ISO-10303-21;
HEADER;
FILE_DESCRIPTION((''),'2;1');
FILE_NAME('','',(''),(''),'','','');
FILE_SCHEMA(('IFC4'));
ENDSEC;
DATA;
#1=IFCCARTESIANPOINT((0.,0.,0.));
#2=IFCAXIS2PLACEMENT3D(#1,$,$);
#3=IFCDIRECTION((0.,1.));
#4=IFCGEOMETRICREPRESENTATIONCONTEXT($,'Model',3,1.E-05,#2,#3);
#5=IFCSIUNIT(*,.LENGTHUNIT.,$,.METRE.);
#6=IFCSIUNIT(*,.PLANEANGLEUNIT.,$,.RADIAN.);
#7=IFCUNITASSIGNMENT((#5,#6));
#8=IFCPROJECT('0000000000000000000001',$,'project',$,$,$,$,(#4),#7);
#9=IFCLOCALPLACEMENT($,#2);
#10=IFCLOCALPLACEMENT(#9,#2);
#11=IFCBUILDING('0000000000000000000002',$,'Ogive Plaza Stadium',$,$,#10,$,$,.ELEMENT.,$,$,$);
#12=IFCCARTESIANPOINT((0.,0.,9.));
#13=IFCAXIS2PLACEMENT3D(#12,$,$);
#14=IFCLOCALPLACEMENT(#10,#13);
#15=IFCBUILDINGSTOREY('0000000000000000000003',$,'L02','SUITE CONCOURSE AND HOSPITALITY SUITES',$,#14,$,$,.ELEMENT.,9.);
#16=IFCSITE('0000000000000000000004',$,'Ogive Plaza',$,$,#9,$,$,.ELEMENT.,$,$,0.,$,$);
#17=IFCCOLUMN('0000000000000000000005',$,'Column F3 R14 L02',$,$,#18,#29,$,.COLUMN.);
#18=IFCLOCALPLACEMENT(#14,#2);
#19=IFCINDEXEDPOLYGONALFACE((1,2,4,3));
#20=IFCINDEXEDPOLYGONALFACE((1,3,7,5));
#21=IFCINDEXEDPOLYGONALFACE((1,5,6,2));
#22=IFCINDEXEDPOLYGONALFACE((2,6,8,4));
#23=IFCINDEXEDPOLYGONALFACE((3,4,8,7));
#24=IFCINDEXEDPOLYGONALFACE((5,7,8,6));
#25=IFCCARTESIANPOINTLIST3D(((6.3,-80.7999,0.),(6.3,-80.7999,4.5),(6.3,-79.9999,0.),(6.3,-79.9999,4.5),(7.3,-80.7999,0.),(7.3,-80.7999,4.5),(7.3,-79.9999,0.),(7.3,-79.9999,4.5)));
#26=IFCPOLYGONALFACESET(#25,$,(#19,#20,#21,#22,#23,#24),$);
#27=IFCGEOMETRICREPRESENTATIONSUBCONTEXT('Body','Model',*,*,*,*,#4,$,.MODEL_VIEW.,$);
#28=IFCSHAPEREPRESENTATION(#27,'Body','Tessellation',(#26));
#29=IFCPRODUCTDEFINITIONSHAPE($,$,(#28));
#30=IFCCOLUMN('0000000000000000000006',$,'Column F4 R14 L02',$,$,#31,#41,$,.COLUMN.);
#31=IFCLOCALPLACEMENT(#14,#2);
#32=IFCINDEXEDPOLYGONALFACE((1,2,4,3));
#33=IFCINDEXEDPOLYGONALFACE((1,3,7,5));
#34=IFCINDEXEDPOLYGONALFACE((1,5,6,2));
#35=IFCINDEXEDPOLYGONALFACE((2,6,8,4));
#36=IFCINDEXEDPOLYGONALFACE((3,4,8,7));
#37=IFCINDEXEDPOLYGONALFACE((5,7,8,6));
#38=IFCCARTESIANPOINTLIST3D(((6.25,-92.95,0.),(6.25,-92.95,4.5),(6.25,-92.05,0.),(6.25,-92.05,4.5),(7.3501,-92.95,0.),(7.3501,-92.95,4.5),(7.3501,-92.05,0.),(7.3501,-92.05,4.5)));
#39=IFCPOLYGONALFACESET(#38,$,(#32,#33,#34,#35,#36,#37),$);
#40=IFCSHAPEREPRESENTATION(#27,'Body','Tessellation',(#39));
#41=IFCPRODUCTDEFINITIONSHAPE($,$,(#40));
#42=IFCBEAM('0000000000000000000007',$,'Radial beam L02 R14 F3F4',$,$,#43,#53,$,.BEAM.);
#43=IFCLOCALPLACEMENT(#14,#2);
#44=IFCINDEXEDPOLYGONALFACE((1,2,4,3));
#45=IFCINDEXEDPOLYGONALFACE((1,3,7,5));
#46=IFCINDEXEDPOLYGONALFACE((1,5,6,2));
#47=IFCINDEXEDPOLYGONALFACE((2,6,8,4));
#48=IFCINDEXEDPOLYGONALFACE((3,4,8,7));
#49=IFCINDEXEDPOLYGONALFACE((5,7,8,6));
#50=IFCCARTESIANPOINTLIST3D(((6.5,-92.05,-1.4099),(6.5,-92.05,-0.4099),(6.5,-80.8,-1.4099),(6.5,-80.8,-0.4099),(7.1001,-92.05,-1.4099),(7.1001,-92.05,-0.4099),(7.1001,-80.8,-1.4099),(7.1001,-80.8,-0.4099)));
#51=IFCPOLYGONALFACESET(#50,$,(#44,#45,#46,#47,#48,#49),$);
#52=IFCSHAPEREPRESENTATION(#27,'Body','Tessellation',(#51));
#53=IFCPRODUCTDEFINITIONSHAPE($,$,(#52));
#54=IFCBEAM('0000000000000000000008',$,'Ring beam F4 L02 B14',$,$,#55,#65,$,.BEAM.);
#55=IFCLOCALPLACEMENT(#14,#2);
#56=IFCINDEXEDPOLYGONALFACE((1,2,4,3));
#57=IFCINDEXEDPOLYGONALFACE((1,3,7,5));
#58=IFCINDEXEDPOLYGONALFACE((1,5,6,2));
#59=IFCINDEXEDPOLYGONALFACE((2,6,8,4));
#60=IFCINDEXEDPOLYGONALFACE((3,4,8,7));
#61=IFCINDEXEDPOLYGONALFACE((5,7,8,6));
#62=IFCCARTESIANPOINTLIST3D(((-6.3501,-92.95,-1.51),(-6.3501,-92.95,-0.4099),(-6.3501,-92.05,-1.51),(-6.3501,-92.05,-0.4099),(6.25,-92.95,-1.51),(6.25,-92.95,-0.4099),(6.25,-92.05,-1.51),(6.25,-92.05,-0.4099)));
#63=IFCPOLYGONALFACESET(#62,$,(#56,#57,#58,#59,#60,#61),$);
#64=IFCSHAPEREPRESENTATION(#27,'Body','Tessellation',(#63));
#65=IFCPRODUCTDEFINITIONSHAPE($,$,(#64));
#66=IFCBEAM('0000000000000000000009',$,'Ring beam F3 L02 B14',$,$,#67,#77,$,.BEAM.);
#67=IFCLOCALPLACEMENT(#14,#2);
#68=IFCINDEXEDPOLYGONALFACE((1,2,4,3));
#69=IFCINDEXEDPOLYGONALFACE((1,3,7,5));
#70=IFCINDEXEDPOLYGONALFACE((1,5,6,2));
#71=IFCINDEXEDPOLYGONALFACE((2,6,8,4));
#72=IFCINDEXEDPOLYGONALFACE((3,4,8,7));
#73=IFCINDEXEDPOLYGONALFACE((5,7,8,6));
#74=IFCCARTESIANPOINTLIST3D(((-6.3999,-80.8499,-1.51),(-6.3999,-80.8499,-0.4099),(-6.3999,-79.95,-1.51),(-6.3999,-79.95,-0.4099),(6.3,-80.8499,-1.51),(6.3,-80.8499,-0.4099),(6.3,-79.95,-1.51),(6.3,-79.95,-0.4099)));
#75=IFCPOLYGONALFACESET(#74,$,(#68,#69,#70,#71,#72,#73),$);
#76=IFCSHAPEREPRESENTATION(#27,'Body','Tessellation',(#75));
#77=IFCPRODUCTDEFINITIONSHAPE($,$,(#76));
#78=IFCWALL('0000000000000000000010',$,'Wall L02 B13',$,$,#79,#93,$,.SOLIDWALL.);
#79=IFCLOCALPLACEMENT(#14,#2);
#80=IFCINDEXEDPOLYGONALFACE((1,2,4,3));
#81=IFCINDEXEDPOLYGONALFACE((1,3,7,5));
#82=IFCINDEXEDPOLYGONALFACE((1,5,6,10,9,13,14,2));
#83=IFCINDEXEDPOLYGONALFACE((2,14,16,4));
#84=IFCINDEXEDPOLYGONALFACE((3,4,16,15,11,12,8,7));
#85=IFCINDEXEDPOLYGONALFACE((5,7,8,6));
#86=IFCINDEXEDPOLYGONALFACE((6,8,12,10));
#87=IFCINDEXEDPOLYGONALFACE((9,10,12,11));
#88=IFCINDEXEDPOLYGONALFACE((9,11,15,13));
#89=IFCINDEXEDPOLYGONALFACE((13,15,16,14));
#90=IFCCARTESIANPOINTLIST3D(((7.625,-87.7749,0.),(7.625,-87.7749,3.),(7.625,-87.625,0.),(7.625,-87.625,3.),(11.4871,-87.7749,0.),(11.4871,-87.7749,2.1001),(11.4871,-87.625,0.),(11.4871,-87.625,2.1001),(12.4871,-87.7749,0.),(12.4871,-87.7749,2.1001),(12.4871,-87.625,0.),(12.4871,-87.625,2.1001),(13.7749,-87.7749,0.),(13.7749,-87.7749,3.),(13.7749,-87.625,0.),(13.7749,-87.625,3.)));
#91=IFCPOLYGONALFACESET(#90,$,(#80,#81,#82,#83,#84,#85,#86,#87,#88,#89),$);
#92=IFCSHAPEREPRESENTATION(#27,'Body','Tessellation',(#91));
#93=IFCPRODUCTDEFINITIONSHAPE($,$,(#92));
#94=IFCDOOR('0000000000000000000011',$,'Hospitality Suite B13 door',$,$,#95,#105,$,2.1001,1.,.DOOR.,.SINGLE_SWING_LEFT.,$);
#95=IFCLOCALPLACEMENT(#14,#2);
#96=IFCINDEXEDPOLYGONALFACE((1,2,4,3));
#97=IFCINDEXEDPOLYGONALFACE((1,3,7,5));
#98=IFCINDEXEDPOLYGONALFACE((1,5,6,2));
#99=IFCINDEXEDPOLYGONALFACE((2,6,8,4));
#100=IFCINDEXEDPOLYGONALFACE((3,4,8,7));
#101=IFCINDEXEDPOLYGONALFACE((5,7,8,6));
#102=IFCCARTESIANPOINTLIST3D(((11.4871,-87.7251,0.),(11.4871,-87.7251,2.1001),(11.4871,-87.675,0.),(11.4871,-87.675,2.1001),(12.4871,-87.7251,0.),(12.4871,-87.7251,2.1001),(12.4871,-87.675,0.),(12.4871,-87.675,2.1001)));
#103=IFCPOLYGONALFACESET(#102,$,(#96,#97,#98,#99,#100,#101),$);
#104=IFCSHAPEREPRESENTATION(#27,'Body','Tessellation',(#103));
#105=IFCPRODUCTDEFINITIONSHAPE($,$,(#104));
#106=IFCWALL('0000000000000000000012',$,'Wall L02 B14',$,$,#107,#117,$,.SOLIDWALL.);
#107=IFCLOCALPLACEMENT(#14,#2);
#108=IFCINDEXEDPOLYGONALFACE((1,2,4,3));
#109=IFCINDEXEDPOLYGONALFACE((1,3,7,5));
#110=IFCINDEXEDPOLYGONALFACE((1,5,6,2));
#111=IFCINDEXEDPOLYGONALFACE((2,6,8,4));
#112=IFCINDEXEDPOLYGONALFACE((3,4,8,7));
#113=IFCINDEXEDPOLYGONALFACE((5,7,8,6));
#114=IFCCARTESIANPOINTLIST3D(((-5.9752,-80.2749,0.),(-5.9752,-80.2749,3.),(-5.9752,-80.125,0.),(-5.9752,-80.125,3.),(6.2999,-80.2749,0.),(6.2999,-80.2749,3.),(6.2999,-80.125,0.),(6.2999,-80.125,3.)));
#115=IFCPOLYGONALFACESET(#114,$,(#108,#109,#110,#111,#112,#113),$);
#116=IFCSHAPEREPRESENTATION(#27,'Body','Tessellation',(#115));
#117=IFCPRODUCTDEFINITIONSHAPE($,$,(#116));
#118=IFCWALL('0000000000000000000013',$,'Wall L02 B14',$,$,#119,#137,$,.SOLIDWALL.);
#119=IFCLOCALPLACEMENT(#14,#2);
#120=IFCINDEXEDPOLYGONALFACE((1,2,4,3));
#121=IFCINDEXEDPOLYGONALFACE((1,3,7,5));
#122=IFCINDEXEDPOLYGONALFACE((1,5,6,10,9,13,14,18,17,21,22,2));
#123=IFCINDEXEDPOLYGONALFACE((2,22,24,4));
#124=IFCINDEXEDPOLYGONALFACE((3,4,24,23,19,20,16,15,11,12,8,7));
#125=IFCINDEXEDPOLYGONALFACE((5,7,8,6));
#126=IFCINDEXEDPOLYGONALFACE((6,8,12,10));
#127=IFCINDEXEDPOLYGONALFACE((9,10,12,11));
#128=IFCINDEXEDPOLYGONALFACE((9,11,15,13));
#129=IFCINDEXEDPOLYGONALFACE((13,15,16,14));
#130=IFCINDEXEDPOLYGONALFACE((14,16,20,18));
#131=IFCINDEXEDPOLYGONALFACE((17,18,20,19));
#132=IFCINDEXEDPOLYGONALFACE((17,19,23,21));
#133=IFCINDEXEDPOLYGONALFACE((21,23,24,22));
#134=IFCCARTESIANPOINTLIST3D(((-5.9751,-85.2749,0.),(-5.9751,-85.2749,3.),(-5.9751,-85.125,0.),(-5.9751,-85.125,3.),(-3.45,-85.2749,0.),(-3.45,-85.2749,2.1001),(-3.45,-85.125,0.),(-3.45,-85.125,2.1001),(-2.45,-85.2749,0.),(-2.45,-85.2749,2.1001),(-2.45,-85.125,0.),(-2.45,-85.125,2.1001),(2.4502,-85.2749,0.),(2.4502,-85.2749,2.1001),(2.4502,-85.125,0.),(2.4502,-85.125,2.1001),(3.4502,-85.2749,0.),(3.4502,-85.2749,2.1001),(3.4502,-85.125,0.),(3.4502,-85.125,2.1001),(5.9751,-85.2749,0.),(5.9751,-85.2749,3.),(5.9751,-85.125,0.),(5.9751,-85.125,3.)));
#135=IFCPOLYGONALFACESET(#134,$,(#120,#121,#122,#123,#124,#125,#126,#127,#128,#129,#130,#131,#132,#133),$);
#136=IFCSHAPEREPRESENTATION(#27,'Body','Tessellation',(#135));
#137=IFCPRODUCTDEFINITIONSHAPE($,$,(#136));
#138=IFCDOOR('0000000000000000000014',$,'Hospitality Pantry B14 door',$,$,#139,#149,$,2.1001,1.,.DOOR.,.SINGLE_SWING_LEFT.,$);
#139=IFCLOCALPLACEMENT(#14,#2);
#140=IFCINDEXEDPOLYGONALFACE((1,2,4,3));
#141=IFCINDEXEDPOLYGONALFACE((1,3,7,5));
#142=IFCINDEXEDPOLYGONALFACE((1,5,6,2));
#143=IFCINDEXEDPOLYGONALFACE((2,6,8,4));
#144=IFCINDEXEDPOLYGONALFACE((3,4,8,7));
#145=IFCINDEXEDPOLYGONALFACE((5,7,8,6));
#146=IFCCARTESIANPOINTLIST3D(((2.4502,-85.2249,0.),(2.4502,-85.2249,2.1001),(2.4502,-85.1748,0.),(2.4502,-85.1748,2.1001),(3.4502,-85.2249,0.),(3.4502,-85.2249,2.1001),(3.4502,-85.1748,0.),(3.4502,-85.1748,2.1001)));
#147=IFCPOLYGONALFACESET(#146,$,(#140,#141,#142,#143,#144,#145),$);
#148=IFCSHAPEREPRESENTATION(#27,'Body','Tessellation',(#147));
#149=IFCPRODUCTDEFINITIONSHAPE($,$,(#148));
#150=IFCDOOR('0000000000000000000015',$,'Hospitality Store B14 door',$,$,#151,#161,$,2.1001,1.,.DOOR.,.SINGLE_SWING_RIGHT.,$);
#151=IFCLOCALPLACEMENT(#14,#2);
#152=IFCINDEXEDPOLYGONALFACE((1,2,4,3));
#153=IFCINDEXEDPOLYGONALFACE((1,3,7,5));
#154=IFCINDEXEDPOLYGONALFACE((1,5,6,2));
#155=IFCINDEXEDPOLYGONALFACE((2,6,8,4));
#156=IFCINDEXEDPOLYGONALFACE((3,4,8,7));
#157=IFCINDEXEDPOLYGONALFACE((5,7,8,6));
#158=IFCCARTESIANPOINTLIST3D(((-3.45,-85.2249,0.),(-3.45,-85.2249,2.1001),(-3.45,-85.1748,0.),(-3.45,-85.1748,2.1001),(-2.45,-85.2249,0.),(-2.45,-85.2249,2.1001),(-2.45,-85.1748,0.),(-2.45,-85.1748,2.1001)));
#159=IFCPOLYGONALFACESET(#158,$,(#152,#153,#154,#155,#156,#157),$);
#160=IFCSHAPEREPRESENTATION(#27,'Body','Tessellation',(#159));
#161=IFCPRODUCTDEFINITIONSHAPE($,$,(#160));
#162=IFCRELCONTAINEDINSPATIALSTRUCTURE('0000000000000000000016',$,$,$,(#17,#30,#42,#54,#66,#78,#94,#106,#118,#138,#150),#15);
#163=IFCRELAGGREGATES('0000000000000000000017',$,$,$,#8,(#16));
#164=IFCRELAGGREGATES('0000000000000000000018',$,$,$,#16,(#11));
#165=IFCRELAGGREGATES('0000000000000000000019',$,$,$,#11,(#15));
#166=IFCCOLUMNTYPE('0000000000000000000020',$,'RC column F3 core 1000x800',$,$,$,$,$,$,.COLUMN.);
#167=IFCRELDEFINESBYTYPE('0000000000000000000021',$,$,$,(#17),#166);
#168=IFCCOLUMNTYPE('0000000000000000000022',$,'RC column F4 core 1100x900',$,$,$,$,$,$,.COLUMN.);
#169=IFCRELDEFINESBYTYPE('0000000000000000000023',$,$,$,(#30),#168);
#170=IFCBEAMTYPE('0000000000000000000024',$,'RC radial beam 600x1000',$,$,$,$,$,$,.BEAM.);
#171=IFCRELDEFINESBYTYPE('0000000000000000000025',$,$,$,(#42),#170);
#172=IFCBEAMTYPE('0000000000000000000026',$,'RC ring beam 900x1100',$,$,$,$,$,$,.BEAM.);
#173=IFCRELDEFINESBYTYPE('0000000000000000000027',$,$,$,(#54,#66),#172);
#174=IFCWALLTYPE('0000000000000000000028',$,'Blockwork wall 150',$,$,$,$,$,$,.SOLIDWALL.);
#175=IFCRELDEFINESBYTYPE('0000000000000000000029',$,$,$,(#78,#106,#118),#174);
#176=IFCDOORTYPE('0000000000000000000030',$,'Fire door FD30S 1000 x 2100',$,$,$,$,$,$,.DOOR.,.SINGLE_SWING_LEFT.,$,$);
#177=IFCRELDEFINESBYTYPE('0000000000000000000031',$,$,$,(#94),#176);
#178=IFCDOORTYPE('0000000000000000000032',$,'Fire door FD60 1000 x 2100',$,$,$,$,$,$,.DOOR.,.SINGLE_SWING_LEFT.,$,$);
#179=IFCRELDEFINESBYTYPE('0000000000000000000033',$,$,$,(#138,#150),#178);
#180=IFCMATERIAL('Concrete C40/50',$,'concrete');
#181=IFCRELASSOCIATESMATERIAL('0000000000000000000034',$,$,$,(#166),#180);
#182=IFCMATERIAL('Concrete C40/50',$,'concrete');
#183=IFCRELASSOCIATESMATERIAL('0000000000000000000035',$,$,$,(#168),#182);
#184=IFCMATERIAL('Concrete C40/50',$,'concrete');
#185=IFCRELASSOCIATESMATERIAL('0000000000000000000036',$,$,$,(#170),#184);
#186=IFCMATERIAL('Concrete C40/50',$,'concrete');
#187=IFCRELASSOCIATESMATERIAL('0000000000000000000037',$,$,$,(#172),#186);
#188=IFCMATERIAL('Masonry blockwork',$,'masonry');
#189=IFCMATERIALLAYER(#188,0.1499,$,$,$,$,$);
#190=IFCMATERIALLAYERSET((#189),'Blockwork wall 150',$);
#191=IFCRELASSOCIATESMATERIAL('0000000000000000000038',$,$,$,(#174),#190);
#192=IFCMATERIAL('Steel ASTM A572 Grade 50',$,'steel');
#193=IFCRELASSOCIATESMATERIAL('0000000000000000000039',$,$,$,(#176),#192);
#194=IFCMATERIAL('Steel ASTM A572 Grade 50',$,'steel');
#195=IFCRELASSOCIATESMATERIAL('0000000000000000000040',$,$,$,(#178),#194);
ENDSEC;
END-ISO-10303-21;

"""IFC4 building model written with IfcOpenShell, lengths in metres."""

from ifc_helpers import new_model, si_unit, direction, frame, frame_2d, origin, origin_2d, place, context, subcontext, project, spatial, rectangle, extrude, material, layer, layer_set, material_profile, profile_set, type_object, element, fill, save


model = new_model("IFC4")

# Units and contexts
model_context = context("Model", 3, precision=1e-05, world=origin(), true_north=direction((0.0, 1.0)))
body_context = subcontext(model_context, "Body", "Model", "MODEL_VIEW")
ifc_project = project(units=[si_unit("LENGTHUNIT", "METRE"), si_unit("PLANEANGLEUNIT", "RADIAN")], contexts=[model_context])

# Site, building, storey
site_placement = place(None, origin())
site = spatial("IfcSite", under=ifc_project, at=site_placement, Name="Ogive Plaza", CompositionType="ELEMENT", RefElevation=0.0)
building_placement = place(site_placement, origin())
building = spatial("IfcBuilding", under=site, at=building_placement, Name="Ogive Plaza Stadium", CompositionType="ELEMENT")
storey_placement = place(building_placement, frame((0.0, 0.0, 9.0)))
storey = spatial("IfcBuildingStorey", under=building, at=storey_placement, Name="L02", Description="SUITE CONCOURSE AND HOSPITALITY SUITES", CompositionType="ELEMENT", Elevation=9.0)

# Columns
ifc_material_1 = material(Name="Concrete C40/50", Category="concrete")
ifc_material_profile_1 = material_profile(ifc_material_1, rectangle(XDim=1.0, YDim=0.8, at=origin_2d()), Name="RC 1000x800")
ifc_profile_set_1 = profile_set([ifc_material_profile_1], Name="Concrete C40/50")
column_type_1 = type_object("IfcColumnType", Name="RC column F3 core 1000x800", PredefinedType="COLUMN", material=ifc_profile_set_1)
column_1_placement = place(storey_placement, frame((6.8, -80.3999, 0.0), z_axis=(0.0, 0.0, 1.0), x_axis=(1.0, 0.0, 0.0)))
element("IfcColumn", 1, at=column_1_placement, inside=storey, type_object=column_type_1, Name="Column F3 R14 L02", PredefinedType="COLUMN", context=body_context, shape_type="SweptSolid", body=[
    extrude(rectangle(XDim=1.0, YDim=0.8, at=origin_2d()), origin(), (0.0, 0.0, 1.0), 4.5),
])
ifc_material_2 = material(Name="Concrete C40/50", Category="concrete")
ifc_material_profile_2 = material_profile(ifc_material_2, rectangle(XDim=1.1001, YDim=0.8999, at=origin_2d()), Name="RC 1100x900")
ifc_profile_set_2 = profile_set([ifc_material_profile_2], Name="Concrete C40/50")
column_type_2 = type_object("IfcColumnType", Name="RC column F4 core 1100x900", PredefinedType="COLUMN", material=ifc_profile_set_2)
column_2_placement = place(storey_placement, frame((6.8, -92.5, 0.0), z_axis=(0.0, 0.0, 1.0), x_axis=(1.0, 0.0, 0.0)))
element("IfcColumn", 2, at=column_2_placement, inside=storey, type_object=column_type_2, Name="Column F4 R14 L02", PredefinedType="COLUMN", context=body_context, shape_type="SweptSolid", body=[
    extrude(rectangle(XDim=1.1001, YDim=0.8999, at=origin_2d()), origin(), (0.0, 0.0, 1.0), 4.5),
])

# Beams
ifc_material_3 = material(Name="Concrete C40/50", Category="concrete")
ifc_material_profile_3 = material_profile(ifc_material_3, rectangle(XDim=0.6001, YDim=1.0, at=origin_2d()), Name="RC 600x1000")
ifc_profile_set_3 = profile_set([ifc_material_profile_3], Name="Concrete C40/50")
beam_type_1 = type_object("IfcBeamType", Name="RC radial beam 600x1000", PredefinedType="BEAM", material=ifc_profile_set_3)
beam_1_placement = place(storey_placement, frame((6.8, -80.8, -0.9099), z_axis=(0.0, -1.0, 0.0), x_axis=(1.0, 0.0, 0.0)))
element("IfcBeam", 3, at=beam_1_placement, inside=storey, type_object=beam_type_1, Name="Radial beam L02 R14 F3F4", PredefinedType="BEAM", context=body_context, shape_type="SweptSolid", body=[
    extrude(rectangle(XDim=0.6001, YDim=1.0, at=origin_2d()), origin(), (0.0, 0.0, 1.0), 11.25),
])
ifc_material_4 = material(Name="Concrete C40/50", Category="concrete")
ifc_material_profile_4 = material_profile(ifc_material_4, rectangle(XDim=0.8999, YDim=1.1001, at=origin_2d()), Name="RC 900x1100")
ifc_profile_set_4 = profile_set([ifc_material_profile_4], Name="Concrete C40/50")
beam_type_2 = type_object("IfcBeamType", Name="RC ring beam 900x1100", PredefinedType="BEAM", material=ifc_profile_set_4)
beam_2_placement = place(storey_placement, frame((6.25, -92.5, -0.96), z_axis=(-1.0, 0.0, 0.0), x_axis=(0.0, -1.0, 0.0)))
element("IfcBeam", 4, at=beam_2_placement, inside=storey, type_object=beam_type_2, Name="Ring beam F4 L02 B14", PredefinedType="BEAM", context=body_context, shape_type="SweptSolid", body=[
    extrude(rectangle(XDim=0.8999, YDim=1.1001, at=origin_2d()), origin(), (0.0, 0.0, 1.0), 12.6001),
])
beam_3_placement = place(storey_placement, frame((6.3, -80.3999, -0.96), z_axis=(-1.0, 0.0, 0.0), x_axis=(0.0, -1.0, 0.0)))
element("IfcBeam", 5, at=beam_3_placement, inside=storey, type_object=beam_type_2, Name="Ring beam F3 L02 B14", PredefinedType="BEAM", context=body_context, shape_type="SweptSolid", body=[
    extrude(rectangle(XDim=0.8999, YDim=1.1001, at=origin_2d()), origin(), (0.0, 0.0, 1.0), 12.7),
])

# Wall, opening, door
ifc_material_5 = material(Name="Masonry blockwork", Category="masonry")
ifc_layer_1 = layer(ifc_material_5, 0.1499)
ifc_layer_set_1 = layer_set([ifc_layer_1], Name="Blockwork wall 150")
wall_type_1 = type_object("IfcWallType", Name="Blockwork wall 150", PredefinedType="SOLIDWALL", material=ifc_layer_set_1)
wall_1_placement = place(storey_placement, frame((7.625, -87.7, 0.0), z_axis=(0.0, 0.0, 1.0), x_axis=(1.0, 0.0, 0.0)))
wall_1 = element("IfcWall", 6, at=wall_1_placement, inside=storey, type_object=wall_type_1, Name="Wall L02 B13", PredefinedType="SOLIDWALL", context=body_context, shape_type="SweptSolid", body=[
    extrude(rectangle(XDim=6.1499, YDim=0.1499, at=frame_2d((3.075, 0.0))), origin(), (0.0, 0.0, 1.0), 3.0),
])
opening_1_placement = place(wall_1_placement, frame((3.8621, 0.0, 0.0)))
opening_1 = element("IfcOpeningElement", 7, at=opening_1_placement, cuts=wall_1, PredefinedType="OPENING", context=body_context, shape_type="SweptSolid", body=[
    extrude(rectangle(XDim=1.0, YDim=2.1001, at=frame_2d((0.5, 1.05))), frame((0.0, 0.075, 0.0), z_axis=(0.0, -1.0, 0.0), x_axis=(1.0, 0.0, 0.0)), (0.0, 0.0, 1.0), 0.1499),
])
ifc_material_6 = material(Name="Steel ASTM A572 Grade 50", Category="steel")
door_type_1 = type_object("IfcDoorType", Name="Fire door FD30S 1000 x 2100", OperationType="SINGLE_SWING_LEFT", PredefinedType="DOOR", material=ifc_material_6)
door_1_placement = place(opening_1_placement, origin())
door_1 = element("IfcDoor", 8, at=door_1_placement, inside=storey, type_object=door_type_1, Name="Hospitality Suite B13 door", OperationType="SINGLE_SWING_LEFT", OverallHeight=2.1001, OverallWidth=1.0, PredefinedType="DOOR", context=body_context, shape_type="SweptSolid", body=[
    extrude(rectangle(XDim=1.0, YDim=2.1001, at=frame_2d((0.5, 1.05))), frame((0.0, 0.0249, 0.0), z_axis=(0.0, -1.0, 0.0), x_axis=(1.0, 0.0, 0.0)), (0.0, 0.0, 1.0), 0.05),
])
fill(opening_1, door_1)

# Wall
wall_2_placement = place(storey_placement, frame((6.3, -80.2, 0.0), z_axis=(0.0, 0.0, 1.0), x_axis=(-1.0, 0.0, 0.0)))
element("IfcWall", 9, at=wall_2_placement, inside=storey, type_object=wall_type_1, Name="Wall L02 B14", PredefinedType="SOLIDWALL", context=body_context, shape_type="SweptSolid", body=[
    extrude(rectangle(XDim=12.2751, YDim=0.1499, at=frame_2d((6.1377, 0.0))), origin(), (0.0, 0.0, 1.0), 3.0),
])

# Wall, openings, doors
wall_3_placement = place(storey_placement, frame((5.9751, -85.2, 0.0), z_axis=(0.0, 0.0, 1.0), x_axis=(-1.0, 0.0, 0.0)))
wall_3 = element("IfcWall", 10, at=wall_3_placement, inside=storey, type_object=wall_type_1, Name="Wall L02 B14", PredefinedType="SOLIDWALL", context=body_context, shape_type="SweptSolid", body=[
    extrude(rectangle(XDim=11.9502, YDim=0.1499, at=frame_2d((5.9751, 0.0))), origin(), (0.0, 0.0, 1.0), 3.0),
])
opening_2_placement = place(wall_3_placement, frame((2.5249, 0.0, 0.0)))
opening_2 = element("IfcOpeningElement", 11, at=opening_2_placement, cuts=wall_3, PredefinedType="OPENING", context=body_context, shape_type="SweptSolid", body=[
    extrude(rectangle(XDim=1.0, YDim=2.1001, at=frame_2d((0.5, 1.05))), frame((0.0, 0.075, 0.0), z_axis=(0.0, -1.0, 0.0), x_axis=(1.0, 0.0, 0.0)), (0.0, 0.0, 1.0), 0.1499),
])
opening_3_placement = place(wall_3_placement, frame((8.425, 0.0, 0.0)))
opening_3 = element("IfcOpeningElement", 12, at=opening_3_placement, cuts=wall_3, PredefinedType="OPENING", context=body_context, shape_type="SweptSolid", body=[
    extrude(rectangle(XDim=1.0, YDim=2.1001, at=frame_2d((0.5, 1.05))), frame((0.0, 0.075, 0.0), z_axis=(0.0, -1.0, 0.0), x_axis=(1.0, 0.0, 0.0)), (0.0, 0.0, 1.0), 0.1499),
])
ifc_material_7 = material(Name="Steel ASTM A572 Grade 50", Category="steel")
door_type_2 = type_object("IfcDoorType", Name="Fire door FD60 1000 x 2100", OperationType="SINGLE_SWING_LEFT", PredefinedType="DOOR", material=ifc_material_7)
door_2_placement = place(opening_2_placement, origin())
door_2 = element("IfcDoor", 13, at=door_2_placement, inside=storey, type_object=door_type_2, Name="Hospitality Pantry B14 door", OperationType="SINGLE_SWING_LEFT", OverallHeight=2.1001, OverallWidth=1.0, PredefinedType="DOOR", context=body_context, shape_type="SweptSolid", body=[
    extrude(rectangle(XDim=1.0, YDim=2.1001, at=frame_2d((0.5, 1.05))), frame((0.0, 0.0249, 0.0), z_axis=(0.0, -1.0, 0.0), x_axis=(1.0, 0.0, 0.0)), (0.0, 0.0, 1.0), 0.05),
])
fill(opening_2, door_2)
door_3_placement = place(opening_3_placement, origin())
door_3 = element("IfcDoor", 14, at=door_3_placement, inside=storey, type_object=door_type_2, Name="Hospitality Store B14 door", OperationType="SINGLE_SWING_RIGHT", OverallHeight=2.1001, OverallWidth=1.0, PredefinedType="DOOR", context=body_context, shape_type="SweptSolid", body=[
    extrude(rectangle(XDim=1.0, YDim=2.1001, at=frame_2d((0.5, 1.05))), frame((0.0, 0.0249, 0.0), z_axis=(0.0, -1.0, 0.0), x_axis=(1.0, 0.0, 0.0)), (0.0, 0.0, 1.0), 0.05),
])
fill(opening_3, door_3)

save(model, "model.ifc")
